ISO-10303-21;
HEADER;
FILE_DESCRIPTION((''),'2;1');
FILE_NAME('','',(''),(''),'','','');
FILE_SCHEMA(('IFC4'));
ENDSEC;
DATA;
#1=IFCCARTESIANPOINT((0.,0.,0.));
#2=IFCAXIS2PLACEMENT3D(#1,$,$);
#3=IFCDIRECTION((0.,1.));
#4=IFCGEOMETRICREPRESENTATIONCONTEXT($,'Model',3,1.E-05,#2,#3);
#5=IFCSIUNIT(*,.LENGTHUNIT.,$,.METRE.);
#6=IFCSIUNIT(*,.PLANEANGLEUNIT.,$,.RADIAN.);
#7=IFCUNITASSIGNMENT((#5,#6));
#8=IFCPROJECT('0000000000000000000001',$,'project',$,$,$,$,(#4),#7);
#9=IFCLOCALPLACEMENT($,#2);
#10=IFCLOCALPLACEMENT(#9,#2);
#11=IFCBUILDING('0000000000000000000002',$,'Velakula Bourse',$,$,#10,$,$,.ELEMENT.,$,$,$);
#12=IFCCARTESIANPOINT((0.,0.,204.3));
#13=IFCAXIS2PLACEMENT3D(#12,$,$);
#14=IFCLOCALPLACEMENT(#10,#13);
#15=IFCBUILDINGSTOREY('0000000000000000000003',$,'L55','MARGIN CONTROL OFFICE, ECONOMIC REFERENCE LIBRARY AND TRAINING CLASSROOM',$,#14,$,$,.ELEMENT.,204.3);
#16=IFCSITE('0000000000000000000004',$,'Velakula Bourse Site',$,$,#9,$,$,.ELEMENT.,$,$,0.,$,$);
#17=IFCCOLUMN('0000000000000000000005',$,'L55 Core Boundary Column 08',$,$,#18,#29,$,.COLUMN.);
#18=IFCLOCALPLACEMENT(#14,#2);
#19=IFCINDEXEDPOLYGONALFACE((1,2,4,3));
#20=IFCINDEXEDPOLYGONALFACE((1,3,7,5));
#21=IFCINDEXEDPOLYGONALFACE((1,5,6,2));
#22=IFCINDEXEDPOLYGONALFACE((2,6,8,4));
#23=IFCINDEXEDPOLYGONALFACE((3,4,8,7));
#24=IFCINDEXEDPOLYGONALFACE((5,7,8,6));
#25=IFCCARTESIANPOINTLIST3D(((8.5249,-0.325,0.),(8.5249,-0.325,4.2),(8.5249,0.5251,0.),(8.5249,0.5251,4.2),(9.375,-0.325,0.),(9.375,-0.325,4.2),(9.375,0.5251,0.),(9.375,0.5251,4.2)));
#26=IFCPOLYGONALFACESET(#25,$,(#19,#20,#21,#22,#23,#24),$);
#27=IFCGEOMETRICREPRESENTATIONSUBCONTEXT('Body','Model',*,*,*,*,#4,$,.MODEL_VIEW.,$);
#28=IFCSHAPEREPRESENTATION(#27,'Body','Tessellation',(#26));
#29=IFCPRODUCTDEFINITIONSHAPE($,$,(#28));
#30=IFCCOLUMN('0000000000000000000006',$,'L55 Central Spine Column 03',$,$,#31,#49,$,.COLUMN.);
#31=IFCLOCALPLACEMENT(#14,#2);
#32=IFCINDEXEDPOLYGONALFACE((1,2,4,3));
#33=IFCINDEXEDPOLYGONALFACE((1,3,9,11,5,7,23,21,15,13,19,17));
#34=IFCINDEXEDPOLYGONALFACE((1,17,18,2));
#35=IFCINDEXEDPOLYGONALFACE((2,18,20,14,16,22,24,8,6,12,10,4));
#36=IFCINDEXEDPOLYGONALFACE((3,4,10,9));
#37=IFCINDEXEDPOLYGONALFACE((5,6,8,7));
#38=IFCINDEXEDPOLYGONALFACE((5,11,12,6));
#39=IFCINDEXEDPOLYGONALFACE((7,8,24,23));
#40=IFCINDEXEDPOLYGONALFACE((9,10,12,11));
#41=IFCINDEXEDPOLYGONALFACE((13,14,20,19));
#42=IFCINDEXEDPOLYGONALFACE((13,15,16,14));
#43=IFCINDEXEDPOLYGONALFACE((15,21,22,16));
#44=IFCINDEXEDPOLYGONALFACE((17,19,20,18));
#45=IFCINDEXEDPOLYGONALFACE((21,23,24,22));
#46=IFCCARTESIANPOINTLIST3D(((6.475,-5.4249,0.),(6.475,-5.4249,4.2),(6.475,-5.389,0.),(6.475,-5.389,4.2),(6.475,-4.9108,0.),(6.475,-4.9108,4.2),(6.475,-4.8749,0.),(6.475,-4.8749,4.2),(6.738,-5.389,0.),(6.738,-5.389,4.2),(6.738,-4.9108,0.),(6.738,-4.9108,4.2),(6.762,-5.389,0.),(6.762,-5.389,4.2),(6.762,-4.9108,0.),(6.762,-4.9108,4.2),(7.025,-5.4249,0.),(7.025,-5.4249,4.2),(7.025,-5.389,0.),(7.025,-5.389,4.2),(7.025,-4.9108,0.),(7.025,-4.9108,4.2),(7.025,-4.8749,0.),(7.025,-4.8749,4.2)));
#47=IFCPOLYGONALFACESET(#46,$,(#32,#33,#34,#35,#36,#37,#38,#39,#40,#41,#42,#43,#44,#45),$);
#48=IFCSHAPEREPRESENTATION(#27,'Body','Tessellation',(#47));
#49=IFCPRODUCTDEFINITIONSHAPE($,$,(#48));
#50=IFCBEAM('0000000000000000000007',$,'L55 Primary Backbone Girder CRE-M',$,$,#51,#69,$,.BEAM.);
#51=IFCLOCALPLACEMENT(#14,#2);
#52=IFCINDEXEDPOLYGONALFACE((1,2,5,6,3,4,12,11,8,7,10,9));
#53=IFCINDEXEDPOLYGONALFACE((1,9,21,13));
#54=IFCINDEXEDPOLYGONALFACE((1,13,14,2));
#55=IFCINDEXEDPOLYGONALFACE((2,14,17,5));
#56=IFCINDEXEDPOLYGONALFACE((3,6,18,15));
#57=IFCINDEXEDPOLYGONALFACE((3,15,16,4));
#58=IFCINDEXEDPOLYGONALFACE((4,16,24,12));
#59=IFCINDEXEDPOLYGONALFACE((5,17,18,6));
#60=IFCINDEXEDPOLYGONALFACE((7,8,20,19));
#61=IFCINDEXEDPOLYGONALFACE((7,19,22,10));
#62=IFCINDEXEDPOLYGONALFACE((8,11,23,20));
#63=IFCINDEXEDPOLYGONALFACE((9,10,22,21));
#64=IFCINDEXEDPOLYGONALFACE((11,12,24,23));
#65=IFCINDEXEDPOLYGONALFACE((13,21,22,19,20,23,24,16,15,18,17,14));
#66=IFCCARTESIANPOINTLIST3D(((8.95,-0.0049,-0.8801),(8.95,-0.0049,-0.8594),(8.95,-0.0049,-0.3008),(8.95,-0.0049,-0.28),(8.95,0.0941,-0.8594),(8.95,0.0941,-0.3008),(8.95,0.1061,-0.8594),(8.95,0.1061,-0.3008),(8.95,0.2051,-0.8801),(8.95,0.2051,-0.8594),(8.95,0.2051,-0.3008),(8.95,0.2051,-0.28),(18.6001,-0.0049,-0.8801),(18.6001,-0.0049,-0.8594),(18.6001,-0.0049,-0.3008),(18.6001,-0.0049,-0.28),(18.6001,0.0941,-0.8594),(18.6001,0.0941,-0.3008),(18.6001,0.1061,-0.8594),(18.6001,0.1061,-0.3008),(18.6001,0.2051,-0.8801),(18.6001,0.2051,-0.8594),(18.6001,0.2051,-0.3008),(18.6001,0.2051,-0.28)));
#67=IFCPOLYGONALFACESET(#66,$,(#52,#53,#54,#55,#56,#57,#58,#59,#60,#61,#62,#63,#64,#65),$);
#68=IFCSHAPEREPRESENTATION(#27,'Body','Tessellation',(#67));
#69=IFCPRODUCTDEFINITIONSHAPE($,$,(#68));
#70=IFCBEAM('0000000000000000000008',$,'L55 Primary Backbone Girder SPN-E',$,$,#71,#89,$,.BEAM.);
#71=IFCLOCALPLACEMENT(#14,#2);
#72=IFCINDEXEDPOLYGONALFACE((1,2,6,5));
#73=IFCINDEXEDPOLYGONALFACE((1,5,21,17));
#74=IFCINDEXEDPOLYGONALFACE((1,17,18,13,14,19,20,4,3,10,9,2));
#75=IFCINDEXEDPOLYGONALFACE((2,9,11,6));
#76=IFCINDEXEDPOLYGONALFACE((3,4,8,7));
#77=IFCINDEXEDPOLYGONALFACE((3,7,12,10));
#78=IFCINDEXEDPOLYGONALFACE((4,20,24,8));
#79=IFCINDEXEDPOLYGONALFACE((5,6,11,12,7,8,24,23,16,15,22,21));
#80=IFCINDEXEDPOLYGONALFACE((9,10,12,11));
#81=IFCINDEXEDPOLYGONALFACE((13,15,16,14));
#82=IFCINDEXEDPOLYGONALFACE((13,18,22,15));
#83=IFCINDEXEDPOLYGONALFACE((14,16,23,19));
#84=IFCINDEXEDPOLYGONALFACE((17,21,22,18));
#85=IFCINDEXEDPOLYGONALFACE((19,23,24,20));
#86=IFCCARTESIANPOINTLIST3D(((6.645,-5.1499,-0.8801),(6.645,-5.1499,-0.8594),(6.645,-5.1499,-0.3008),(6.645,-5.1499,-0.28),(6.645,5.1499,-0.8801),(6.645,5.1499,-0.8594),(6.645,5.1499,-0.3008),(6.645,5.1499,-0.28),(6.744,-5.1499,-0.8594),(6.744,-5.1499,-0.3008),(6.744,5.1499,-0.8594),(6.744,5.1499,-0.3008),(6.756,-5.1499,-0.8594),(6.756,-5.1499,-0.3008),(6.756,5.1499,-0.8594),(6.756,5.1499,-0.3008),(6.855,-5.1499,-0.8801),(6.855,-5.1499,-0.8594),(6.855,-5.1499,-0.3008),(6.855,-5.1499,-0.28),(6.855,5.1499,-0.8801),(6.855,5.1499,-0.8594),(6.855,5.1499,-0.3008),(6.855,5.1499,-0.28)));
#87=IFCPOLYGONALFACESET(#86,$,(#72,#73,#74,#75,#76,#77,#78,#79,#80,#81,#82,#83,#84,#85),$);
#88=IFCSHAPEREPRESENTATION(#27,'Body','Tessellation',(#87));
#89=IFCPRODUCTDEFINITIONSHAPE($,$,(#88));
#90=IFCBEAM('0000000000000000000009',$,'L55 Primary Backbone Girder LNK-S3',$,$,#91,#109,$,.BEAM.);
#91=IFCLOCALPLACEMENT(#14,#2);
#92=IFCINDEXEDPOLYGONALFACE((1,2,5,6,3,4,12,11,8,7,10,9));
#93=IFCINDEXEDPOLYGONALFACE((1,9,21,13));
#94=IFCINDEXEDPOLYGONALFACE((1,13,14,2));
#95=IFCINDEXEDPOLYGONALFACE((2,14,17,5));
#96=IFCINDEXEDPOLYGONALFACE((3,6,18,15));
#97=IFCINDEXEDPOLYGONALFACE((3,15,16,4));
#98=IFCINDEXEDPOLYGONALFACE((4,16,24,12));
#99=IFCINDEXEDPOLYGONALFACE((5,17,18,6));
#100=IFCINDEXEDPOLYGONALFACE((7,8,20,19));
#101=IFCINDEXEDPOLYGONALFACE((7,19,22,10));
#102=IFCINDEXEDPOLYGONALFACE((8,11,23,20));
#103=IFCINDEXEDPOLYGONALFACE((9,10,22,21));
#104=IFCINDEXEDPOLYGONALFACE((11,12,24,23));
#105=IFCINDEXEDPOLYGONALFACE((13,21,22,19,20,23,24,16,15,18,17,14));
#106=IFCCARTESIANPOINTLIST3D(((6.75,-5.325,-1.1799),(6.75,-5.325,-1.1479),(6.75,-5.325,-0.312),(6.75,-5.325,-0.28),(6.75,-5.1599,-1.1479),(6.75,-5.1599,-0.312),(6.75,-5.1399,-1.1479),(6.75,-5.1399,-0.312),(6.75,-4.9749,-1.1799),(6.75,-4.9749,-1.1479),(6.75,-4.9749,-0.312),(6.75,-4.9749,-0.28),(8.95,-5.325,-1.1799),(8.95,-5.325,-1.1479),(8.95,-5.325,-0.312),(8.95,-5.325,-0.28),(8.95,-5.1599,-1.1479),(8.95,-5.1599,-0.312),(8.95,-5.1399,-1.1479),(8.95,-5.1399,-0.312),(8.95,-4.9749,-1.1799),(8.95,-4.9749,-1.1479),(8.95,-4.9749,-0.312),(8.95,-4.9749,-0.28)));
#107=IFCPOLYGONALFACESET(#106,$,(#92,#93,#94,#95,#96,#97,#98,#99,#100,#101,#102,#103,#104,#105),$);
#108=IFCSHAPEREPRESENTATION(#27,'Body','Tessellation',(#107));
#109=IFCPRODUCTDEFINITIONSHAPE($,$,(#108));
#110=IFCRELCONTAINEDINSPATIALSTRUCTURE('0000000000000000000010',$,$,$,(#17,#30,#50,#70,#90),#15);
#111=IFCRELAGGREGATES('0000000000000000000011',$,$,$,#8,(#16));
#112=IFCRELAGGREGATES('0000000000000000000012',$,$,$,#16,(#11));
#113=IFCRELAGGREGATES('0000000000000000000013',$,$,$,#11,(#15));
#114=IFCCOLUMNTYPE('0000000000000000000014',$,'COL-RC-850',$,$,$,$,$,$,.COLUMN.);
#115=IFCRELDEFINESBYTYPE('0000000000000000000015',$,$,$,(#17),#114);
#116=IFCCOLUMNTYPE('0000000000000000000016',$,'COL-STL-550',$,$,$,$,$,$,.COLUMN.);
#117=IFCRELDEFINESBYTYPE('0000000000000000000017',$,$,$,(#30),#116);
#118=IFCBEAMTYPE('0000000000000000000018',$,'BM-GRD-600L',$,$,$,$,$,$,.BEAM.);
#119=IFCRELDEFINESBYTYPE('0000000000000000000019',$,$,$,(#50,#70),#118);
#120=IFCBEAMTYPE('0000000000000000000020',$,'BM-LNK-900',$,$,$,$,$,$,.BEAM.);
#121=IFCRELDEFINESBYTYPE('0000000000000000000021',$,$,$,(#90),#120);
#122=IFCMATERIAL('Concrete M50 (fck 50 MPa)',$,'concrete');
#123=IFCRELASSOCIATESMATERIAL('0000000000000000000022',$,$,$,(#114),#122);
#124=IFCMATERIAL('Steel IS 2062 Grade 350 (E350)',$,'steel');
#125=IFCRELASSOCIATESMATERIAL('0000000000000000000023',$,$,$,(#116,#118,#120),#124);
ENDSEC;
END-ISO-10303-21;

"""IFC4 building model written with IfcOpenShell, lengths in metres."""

from ifc_helpers import new_model, si_unit, direction, frame, origin, origin_2d, place, context, subcontext, project, spatial, rectangle, i_section, extrude, material, material_profile, profile_set, type_object, element, save


model = new_model("IFC4")

# Units and contexts
model_context = context("Model", 3, precision=1e-05, world=origin(), true_north=direction((0.0, 1.0)))
body_context = subcontext(model_context, "Body", "Model", "MODEL_VIEW")
ifc_project = project(units=[si_unit("LENGTHUNIT", "METRE"), si_unit("PLANEANGLEUNIT", "RADIAN")], contexts=[model_context])

# Site, building, storey
site_placement = place(None, origin())
site = spatial("IfcSite", under=ifc_project, at=site_placement, Name="Velakula Bourse Site", CompositionType="ELEMENT", RefElevation=0.0)
building_placement = place(site_placement, origin())
building = spatial("IfcBuilding", under=site, at=building_placement, Name="Velakula Bourse", CompositionType="ELEMENT")
storey_placement = place(building_placement, frame((0.0, 0.0, 204.3)))
storey = spatial("IfcBuildingStorey", under=building, at=storey_placement, Name="L55", Description="MARGIN CONTROL OFFICE, ECONOMIC REFERENCE LIBRARY AND TRAINING CLASSROOM", CompositionType="ELEMENT", Elevation=204.3)

# Columns
ifc_material_1 = material(Name="Concrete M50 (fck 50 MPa)", Category="concrete")
ifc_material_profile_1 = material_profile(ifc_material_1, rectangle(XDim=0.8501, YDim=0.8501, at=origin_2d()), Name="Concrete M50 (fck 50 MPa)")
ifc_profile_set_1 = profile_set([ifc_material_profile_1], Name="Concrete M50 (fck 50 MPa)")
column_type_1 = type_object("IfcColumnType", Name="COL-RC-850", PredefinedType="COLUMN", material=ifc_profile_set_1)
column_1_placement = place(storey_placement, frame((8.95, 0.1001, 0.0), z_axis=(0.0, 0.0, 1.0), x_axis=(1.0, 0.0, 0.0)))
element("IfcColumn", 1, at=column_1_placement, inside=storey, type_object=column_type_1, Name="L55 Core Boundary Column 08", PredefinedType="COLUMN", context=body_context, shape_type="SweptSolid", body=[
    extrude(rectangle(XDim=0.8501, YDim=0.8501, at=origin_2d()), origin(), (0.0, 0.0, 1.0), 4.2),
])
ifc_material_2 = material(Name="Steel IS 2062 Grade 350 (E350)", Category="steel")
ifc_material_profile_2 = material_profile(ifc_material_2, i_section(OverallWidth=0.55, OverallDepth=0.55, WebThickness=0.0239, FlangeThickness=0.0359, at=origin_2d()), Name="Steel IS 2062 Grade 350 (E350)")
ifc_profile_set_2 = profile_set([ifc_material_profile_2], Name="Steel IS 2062 Grade 350 (E350)")
column_type_2 = type_object("IfcColumnType", Name="COL-STL-550", PredefinedType="COLUMN", material=ifc_profile_set_2)
column_2_placement = place(storey_placement, frame((6.75, -5.1499, 0.0), z_axis=(0.0, 0.0, 1.0), x_axis=(1.0, 0.0, 0.0)))
element("IfcColumn", 2, at=column_2_placement, inside=storey, type_object=column_type_2, Name="L55 Central Spine Column 03", PredefinedType="COLUMN", context=body_context, shape_type="SweptSolid", body=[
    extrude(i_section(OverallWidth=0.55, OverallDepth=0.55, WebThickness=0.0239, FlangeThickness=0.0359, at=origin_2d()), origin(), (0.0, 0.0, 1.0), 4.2),
])

# Beams
ifc_material_profile_3 = material_profile(ifc_material_2, i_section(OverallWidth=0.21, OverallDepth=0.6001, WebThickness=0.012, FlangeThickness=0.0208, at=origin_2d()), Name="Steel IS 2062 Grade 350 (E350)")
ifc_profile_set_3 = profile_set([ifc_material_profile_3], Name="Steel IS 2062 Grade 350 (E350)")
beam_type_1 = type_object("IfcBeamType", Name="BM-GRD-600L", PredefinedType="BEAM", material=ifc_profile_set_3)
beam_1_placement = place(storey_placement, frame((8.95, 0.1001, -0.5801), z_axis=(1.0, 0.0, 0.0), x_axis=(0.0, 1.0, 0.0)))
element("IfcBeam", 3, at=beam_1_placement, inside=storey, type_object=beam_type_1, Name="L55 Primary Backbone Girder CRE-M", PredefinedType="BEAM", context=body_context, shape_type="SweptSolid", body=[
    extrude(i_section(OverallWidth=0.21, OverallDepth=0.6001, WebThickness=0.012, FlangeThickness=0.0208, at=origin_2d()), origin(), (0.0, 0.0, 1.0), 9.6501),
])
beam_2_placement = place(storey_placement, frame((6.75, -5.1499, -0.5801), z_axis=(0.0, 1.0, 0.0), x_axis=(-1.0, 0.0, 0.0)))
element("IfcBeam", 4, at=beam_2_placement, inside=storey, type_object=beam_type_1, Name="L55 Primary Backbone Girder SPN-E", PredefinedType="BEAM", context=body_context, shape_type="SweptSolid", body=[
    extrude(i_section(OverallWidth=0.21, OverallDepth=0.6001, WebThickness=0.012, FlangeThickness=0.0208, at=origin_2d()), origin(), (0.0, 0.0, 1.0), 10.2998),
])
ifc_material_profile_4 = material_profile(ifc_material_2, i_section(OverallWidth=0.3501, OverallDepth=0.8999, WebThickness=0.02, FlangeThickness=0.032, at=origin_2d()), Name="Steel IS 2062 Grade 350 (E350)")
ifc_profile_set_4 = profile_set([ifc_material_profile_4], Name="Steel IS 2062 Grade 350 (E350)")
beam_type_2 = type_object("IfcBeamType", Name="BM-LNK-900", PredefinedType="BEAM", material=ifc_profile_set_4)
beam_3_placement = place(storey_placement, frame((6.75, -5.1499, -0.73), z_axis=(1.0, 0.0, 0.0), x_axis=(0.0, 1.0, 0.0)))
element("IfcBeam", 5, at=beam_3_placement, inside=storey, type_object=beam_type_2, Name="L55 Primary Backbone Girder LNK-S3", PredefinedType="BEAM", context=body_context, shape_type="SweptSolid", body=[
    extrude(i_section(OverallWidth=0.3501, OverallDepth=0.8999, WebThickness=0.02, FlangeThickness=0.032, at=origin_2d()), origin(), (0.0, 0.0, 1.0), 2.2),
])

save(model, "model.ifc")
